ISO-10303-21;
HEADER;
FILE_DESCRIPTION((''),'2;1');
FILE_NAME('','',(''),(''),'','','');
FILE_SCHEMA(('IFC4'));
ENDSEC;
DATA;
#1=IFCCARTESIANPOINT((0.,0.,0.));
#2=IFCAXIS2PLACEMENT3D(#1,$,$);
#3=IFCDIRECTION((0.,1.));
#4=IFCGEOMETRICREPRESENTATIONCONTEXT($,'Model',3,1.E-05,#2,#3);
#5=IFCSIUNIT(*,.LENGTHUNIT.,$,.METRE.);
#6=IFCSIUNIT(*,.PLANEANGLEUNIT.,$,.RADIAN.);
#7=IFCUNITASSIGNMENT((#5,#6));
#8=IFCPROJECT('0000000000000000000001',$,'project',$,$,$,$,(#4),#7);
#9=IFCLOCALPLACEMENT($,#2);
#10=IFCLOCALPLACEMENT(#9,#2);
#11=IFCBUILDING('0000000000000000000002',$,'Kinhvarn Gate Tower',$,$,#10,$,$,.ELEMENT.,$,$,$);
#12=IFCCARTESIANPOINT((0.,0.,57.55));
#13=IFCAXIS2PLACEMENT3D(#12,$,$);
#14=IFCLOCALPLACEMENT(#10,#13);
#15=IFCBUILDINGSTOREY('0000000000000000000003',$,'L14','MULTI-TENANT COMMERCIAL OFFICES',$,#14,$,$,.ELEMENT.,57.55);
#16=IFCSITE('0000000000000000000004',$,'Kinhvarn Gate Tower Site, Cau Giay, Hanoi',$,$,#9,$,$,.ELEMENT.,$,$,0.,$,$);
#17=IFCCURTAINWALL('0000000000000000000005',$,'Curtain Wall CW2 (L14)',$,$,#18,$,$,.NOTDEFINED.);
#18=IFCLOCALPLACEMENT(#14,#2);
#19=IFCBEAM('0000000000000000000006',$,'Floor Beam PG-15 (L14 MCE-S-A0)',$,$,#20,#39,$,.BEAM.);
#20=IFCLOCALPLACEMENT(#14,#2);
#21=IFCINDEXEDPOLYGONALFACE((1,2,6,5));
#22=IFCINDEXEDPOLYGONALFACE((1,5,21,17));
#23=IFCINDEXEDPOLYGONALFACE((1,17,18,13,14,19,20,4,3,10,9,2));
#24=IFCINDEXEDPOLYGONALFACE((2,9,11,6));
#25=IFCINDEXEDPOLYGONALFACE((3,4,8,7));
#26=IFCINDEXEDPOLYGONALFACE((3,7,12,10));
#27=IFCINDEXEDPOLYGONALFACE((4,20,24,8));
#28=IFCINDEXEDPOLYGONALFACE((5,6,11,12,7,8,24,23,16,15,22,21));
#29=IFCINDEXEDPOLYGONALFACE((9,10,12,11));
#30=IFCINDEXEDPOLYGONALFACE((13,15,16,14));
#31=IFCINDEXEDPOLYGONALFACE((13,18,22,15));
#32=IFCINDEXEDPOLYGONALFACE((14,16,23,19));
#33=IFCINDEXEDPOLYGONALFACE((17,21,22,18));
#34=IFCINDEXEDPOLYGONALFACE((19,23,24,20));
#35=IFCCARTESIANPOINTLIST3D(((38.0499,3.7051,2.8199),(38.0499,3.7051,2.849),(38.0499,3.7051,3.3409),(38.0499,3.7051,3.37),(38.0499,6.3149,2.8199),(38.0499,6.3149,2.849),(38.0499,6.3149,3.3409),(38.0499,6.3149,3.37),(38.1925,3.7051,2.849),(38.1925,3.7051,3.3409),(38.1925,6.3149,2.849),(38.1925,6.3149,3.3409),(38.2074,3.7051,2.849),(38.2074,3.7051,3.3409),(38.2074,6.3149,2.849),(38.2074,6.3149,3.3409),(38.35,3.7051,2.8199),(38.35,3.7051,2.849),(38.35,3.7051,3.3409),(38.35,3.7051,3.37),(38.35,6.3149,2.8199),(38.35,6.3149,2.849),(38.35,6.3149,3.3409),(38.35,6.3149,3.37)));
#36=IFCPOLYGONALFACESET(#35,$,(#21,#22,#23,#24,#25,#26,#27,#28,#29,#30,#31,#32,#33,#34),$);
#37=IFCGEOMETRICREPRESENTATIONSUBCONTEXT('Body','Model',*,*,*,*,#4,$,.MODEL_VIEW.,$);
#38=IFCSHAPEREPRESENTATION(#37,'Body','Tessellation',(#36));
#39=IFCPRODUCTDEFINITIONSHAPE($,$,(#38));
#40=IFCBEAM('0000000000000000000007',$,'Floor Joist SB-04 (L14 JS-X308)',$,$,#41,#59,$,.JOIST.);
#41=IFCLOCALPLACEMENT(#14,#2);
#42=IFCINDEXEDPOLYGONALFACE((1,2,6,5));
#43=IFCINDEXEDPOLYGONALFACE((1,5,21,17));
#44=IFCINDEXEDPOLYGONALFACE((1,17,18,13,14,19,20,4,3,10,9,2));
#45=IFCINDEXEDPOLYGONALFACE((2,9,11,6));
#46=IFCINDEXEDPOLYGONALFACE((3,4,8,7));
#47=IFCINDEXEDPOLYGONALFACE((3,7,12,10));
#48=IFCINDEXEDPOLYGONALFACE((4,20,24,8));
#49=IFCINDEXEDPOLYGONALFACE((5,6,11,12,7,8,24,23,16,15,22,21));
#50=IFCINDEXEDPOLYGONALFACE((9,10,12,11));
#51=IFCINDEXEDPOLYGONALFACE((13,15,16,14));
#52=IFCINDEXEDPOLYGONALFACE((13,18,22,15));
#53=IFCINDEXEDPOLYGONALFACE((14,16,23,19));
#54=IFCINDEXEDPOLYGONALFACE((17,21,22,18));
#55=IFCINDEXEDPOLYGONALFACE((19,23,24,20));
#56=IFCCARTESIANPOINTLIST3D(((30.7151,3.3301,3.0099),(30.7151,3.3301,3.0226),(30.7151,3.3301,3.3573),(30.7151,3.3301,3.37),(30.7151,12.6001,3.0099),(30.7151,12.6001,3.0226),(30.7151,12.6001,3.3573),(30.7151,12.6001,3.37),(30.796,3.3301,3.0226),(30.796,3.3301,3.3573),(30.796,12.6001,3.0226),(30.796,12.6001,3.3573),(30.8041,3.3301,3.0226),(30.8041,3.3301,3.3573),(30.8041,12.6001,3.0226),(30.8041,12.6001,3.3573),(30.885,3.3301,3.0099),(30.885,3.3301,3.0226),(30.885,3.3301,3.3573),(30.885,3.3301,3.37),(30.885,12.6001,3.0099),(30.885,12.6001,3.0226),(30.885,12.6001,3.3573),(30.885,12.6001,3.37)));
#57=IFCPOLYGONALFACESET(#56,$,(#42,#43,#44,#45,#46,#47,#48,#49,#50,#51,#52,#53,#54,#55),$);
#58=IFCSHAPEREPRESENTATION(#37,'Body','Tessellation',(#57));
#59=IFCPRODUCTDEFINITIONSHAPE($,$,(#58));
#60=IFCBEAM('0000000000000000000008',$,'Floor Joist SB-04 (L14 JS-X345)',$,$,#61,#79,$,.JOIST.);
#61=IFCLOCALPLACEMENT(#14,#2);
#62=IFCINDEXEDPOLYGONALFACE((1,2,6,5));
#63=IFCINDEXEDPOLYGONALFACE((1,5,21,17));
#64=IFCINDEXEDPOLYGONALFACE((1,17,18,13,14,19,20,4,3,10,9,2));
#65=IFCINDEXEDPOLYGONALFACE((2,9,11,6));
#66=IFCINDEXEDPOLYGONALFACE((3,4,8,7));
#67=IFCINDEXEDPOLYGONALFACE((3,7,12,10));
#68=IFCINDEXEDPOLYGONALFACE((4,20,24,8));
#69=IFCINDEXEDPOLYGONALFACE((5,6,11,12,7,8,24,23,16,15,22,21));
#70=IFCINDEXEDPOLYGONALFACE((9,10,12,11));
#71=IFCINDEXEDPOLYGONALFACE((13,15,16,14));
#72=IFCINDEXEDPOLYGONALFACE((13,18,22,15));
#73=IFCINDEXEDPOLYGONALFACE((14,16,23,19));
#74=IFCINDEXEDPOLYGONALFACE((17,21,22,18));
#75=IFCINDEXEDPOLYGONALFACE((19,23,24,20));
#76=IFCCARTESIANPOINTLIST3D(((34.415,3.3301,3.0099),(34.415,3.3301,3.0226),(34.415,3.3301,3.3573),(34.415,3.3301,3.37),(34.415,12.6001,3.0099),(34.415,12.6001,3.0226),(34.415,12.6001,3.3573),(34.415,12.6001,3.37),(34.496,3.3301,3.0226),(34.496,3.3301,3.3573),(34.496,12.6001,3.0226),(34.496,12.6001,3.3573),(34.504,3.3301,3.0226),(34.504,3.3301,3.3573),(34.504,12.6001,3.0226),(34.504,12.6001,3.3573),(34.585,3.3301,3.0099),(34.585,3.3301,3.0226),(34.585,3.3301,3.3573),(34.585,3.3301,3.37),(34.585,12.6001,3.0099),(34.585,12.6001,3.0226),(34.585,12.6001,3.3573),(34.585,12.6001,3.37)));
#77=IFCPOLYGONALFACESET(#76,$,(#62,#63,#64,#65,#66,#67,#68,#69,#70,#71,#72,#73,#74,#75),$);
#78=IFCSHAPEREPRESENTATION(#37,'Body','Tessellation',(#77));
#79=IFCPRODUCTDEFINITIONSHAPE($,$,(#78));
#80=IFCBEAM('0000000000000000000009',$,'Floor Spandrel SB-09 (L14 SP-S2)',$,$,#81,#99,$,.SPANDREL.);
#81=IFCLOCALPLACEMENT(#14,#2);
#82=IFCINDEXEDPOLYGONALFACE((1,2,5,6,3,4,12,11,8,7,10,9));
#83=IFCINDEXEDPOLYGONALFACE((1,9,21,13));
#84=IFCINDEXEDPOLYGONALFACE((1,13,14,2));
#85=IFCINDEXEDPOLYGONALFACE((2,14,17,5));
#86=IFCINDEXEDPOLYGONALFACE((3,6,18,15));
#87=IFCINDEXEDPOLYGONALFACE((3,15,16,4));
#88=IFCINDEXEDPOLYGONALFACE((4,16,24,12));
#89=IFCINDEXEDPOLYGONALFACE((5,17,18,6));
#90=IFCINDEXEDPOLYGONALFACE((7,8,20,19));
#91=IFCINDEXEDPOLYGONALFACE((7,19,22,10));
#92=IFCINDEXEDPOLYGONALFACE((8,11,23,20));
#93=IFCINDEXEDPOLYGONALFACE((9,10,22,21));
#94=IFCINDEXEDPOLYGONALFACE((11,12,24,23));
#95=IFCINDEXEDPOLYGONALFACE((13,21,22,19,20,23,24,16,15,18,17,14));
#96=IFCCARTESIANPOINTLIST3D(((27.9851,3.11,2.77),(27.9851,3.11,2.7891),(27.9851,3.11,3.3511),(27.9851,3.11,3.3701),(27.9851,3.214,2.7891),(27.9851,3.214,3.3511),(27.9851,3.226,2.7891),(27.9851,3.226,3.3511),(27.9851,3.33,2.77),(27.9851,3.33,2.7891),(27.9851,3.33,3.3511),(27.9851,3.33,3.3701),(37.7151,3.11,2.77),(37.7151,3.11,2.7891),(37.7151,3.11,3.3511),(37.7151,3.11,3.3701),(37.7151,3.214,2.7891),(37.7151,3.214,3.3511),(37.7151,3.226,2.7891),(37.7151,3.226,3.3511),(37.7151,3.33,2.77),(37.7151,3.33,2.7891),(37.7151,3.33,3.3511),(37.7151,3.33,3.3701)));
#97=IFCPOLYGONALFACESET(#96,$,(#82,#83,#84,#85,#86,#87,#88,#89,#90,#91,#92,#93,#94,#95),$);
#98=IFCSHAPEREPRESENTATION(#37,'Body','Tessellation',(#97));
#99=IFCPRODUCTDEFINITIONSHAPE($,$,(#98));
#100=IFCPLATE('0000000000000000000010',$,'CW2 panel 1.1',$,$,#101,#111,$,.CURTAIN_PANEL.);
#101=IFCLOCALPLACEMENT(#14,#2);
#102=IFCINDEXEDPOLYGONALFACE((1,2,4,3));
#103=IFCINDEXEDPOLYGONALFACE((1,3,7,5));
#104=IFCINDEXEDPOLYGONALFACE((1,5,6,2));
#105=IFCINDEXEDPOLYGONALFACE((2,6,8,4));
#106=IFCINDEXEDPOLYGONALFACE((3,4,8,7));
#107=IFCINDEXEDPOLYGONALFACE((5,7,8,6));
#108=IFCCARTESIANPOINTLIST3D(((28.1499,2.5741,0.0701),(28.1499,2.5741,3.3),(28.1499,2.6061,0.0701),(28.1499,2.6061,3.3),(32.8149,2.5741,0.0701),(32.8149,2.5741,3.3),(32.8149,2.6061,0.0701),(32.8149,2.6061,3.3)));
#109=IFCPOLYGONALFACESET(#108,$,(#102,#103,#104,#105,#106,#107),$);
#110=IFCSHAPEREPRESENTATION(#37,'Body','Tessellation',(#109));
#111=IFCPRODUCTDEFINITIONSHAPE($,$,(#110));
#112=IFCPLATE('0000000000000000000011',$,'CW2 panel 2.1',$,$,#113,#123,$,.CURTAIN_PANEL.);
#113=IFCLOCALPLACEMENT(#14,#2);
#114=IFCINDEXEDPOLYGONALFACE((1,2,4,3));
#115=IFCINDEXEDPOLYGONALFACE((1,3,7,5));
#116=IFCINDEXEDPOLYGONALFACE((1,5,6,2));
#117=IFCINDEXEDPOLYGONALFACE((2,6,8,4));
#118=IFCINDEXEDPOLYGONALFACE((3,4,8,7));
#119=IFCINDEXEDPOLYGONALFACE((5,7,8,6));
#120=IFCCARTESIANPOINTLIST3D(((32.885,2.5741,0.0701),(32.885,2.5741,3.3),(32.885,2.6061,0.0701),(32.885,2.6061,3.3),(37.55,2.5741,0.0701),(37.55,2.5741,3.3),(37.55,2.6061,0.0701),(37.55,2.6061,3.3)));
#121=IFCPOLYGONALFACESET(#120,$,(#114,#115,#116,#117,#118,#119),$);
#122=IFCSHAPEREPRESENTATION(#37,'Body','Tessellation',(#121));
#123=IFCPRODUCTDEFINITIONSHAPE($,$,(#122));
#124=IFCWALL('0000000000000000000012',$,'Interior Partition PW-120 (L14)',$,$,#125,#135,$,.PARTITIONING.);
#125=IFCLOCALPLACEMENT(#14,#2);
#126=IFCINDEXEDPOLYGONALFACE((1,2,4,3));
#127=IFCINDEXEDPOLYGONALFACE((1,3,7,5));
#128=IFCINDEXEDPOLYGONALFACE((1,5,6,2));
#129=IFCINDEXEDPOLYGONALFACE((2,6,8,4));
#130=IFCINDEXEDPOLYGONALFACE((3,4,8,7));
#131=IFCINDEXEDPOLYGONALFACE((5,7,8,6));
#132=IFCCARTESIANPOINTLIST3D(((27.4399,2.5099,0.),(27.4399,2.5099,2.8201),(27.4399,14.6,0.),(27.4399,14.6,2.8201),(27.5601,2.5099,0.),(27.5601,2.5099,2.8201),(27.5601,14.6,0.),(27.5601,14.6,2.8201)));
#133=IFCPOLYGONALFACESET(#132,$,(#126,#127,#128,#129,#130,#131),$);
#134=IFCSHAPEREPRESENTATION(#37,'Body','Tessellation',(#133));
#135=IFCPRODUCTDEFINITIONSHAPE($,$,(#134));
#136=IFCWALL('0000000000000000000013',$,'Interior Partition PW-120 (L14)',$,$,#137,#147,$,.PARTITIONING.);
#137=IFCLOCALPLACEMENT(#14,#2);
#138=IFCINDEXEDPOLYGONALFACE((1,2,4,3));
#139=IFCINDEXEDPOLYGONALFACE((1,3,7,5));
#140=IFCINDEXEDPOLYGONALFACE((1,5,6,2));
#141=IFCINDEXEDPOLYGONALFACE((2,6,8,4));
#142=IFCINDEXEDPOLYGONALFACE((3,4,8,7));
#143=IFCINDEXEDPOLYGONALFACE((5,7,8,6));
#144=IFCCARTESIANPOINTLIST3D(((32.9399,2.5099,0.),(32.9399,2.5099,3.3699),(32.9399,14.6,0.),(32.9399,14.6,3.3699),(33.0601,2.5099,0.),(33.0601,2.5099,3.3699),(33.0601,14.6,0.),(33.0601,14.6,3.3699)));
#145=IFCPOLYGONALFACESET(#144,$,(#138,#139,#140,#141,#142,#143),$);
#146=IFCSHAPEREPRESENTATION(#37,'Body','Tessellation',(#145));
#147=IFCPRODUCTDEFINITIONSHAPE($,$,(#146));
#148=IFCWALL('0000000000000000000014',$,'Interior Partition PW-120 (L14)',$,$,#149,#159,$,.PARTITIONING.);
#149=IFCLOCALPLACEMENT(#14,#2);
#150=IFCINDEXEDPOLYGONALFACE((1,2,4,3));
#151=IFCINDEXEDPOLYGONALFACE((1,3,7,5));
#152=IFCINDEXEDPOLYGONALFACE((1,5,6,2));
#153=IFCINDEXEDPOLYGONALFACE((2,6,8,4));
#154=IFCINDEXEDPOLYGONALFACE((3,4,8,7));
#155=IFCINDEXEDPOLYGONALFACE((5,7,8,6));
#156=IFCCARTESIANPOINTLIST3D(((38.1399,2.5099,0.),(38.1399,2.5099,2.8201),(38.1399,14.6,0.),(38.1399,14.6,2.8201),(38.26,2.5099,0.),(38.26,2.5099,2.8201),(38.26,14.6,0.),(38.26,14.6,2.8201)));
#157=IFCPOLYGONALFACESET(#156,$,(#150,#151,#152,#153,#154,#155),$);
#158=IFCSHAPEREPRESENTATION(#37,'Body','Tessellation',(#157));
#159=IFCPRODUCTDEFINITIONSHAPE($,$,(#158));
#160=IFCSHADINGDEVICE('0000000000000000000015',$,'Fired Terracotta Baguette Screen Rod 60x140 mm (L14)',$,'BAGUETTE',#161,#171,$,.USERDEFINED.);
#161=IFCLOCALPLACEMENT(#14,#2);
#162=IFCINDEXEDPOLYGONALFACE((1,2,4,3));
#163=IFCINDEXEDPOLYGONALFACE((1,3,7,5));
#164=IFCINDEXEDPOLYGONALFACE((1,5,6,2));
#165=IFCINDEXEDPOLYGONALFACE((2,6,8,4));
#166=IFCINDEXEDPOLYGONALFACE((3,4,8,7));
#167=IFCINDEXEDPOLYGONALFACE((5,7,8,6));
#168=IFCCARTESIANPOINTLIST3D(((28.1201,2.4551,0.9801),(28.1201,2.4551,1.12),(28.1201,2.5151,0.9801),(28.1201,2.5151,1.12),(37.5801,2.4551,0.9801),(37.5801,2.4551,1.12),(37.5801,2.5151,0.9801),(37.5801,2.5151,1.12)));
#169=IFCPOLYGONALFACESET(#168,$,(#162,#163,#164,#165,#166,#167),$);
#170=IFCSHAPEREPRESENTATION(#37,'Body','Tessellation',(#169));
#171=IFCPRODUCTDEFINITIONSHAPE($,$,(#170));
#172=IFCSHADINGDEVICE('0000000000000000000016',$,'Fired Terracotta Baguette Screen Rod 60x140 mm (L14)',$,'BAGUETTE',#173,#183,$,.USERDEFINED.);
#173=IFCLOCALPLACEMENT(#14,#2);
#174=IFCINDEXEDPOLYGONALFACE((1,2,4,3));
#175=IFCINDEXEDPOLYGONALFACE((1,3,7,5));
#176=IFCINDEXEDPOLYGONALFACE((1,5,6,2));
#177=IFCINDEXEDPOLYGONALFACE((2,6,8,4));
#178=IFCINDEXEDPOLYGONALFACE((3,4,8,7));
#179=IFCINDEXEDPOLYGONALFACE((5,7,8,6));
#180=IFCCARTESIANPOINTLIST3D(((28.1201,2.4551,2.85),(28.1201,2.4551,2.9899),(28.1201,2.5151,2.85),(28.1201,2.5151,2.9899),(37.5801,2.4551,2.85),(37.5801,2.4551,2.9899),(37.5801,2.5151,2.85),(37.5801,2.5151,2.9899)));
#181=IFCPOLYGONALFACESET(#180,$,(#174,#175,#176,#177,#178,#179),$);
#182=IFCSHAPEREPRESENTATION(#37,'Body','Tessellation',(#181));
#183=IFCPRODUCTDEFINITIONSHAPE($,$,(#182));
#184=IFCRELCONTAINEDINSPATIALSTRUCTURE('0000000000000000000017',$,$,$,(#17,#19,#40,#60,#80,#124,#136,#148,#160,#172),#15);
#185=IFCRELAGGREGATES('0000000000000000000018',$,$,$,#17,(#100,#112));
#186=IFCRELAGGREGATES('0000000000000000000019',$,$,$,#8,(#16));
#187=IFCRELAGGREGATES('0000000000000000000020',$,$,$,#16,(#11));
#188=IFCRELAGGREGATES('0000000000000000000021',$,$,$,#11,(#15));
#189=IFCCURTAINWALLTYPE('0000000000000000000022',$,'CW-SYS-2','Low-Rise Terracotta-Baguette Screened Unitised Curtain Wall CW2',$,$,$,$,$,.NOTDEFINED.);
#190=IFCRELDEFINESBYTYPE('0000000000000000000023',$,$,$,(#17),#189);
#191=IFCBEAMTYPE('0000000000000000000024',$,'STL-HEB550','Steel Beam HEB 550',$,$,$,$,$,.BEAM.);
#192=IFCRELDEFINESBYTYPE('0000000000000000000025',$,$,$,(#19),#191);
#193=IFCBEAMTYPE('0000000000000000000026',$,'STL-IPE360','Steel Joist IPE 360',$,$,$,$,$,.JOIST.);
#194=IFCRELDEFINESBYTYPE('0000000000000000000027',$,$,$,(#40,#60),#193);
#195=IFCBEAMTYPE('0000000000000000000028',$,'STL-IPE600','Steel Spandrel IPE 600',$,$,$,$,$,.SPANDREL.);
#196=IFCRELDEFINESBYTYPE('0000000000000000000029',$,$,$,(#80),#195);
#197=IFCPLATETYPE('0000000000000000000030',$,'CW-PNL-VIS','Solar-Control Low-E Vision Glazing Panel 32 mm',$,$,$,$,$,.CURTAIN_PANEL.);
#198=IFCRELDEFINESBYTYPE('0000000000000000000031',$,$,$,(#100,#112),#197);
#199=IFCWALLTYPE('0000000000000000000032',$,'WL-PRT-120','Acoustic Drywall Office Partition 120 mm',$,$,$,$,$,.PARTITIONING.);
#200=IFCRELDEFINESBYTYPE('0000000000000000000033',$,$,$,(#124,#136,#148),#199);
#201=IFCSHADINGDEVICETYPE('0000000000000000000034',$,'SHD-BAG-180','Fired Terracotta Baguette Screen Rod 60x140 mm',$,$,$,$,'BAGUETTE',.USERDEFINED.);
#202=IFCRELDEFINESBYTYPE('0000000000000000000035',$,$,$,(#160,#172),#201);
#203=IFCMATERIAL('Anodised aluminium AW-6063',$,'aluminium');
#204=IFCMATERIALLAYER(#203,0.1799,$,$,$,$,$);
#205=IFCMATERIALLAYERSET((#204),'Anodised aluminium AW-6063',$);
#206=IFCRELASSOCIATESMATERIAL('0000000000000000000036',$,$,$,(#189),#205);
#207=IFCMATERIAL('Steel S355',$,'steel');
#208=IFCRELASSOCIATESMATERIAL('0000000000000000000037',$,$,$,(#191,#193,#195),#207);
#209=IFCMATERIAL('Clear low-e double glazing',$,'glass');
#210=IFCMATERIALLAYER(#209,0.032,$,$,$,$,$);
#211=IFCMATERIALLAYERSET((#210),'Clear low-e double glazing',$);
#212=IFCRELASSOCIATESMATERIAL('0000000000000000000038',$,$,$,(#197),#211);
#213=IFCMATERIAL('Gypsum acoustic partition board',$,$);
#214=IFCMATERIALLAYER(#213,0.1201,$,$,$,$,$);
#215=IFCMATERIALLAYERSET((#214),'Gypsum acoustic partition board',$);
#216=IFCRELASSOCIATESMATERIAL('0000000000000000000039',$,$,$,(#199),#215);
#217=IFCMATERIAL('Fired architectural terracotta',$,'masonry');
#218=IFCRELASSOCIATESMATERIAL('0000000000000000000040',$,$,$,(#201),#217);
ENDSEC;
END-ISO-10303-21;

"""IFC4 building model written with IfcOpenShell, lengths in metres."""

from ifc_helpers import new_model, si_unit, direction, frame, frame_2d, origin, origin_2d, place, context, subcontext, project, spatial, rectangle, i_section, extrude, material, layer, layer_set, material_profile, profile_set, type_object, element, aggregate, save


model = new_model("IFC4")

# Units and contexts
model_context = context("Model", 3, precision=1e-05, world=origin(), true_north=direction((0.0, 1.0)))
body_context = subcontext(model_context, "Body", "Model", "MODEL_VIEW")
ifc_project = project(units=[si_unit("LENGTHUNIT", "METRE"), si_unit("PLANEANGLEUNIT", "RADIAN")], contexts=[model_context])

# Site, building, storey
site_placement = place(None, origin())
site = spatial("IfcSite", under=ifc_project, at=site_placement, Name="Kinhvarn Gate Tower Site, Cau Giay, Hanoi", CompositionType="ELEMENT", RefElevation=0.0)
building_placement = place(site_placement, origin())
building = spatial("IfcBuilding", under=site, at=building_placement, Name="Kinhvarn Gate Tower", CompositionType="ELEMENT")
storey_placement = place(building_placement, frame((0.0, 0.0, 57.55)))
storey = spatial("IfcBuildingStorey", under=building, at=storey_placement, Name="L14", Description="MULTI-TENANT COMMERCIAL OFFICES", CompositionType="ELEMENT", Elevation=57.55)

# Shared definitions
ifc_material_1 = material(Name="Anodised aluminium AW-6063", Category="aluminium")
ifc_layer_1 = layer(ifc_material_1, 0.1799)
ifc_layer_set_1 = layer_set([ifc_layer_1], Name="Anodised aluminium AW-6063")
curtain_wall_type = type_object("IfcCurtainWallType", Name="CW-SYS-2", Description="Low-Rise Terracotta-Baguette Screened Unitised Curtain Wall CW2", PredefinedType="NOTDEFINED", material=ifc_layer_set_1)

# Curtain wall
curtain_wall_1_placement = place(storey_placement, origin())
curtain_wall_1 = element("IfcCurtainWall", 1, at=curtain_wall_1_placement, inside=storey, type_object=curtain_wall_type, Name="Curtain Wall CW2 (L14)", PredefinedType="NOTDEFINED")

# Beams
ifc_material_2 = material(Name="Steel S355", Category="steel")
ifc_material_profile_1 = material_profile(ifc_material_2, i_section(OverallWidth=0.3, OverallDepth=0.55, WebThickness=0.0149, FlangeThickness=0.0291, at=origin_2d()), Name="HEB 550")
ifc_profile_set_1 = profile_set([ifc_material_profile_1], Name="Steel S355")
beam_type_1 = type_object("IfcBeamType", Name="STL-HEB550", Description="Steel Beam HEB 550", PredefinedType="BEAM", material=ifc_profile_set_1)
beam_1_placement = place(storey_placement, frame((38.2, 3.7051, 3.095), z_axis=(0.0, 1.0, 0.0), x_axis=(-1.0, 0.0, 0.0)))
element("IfcBeam", 2, at=beam_1_placement, inside=storey, type_object=beam_type_1, Name="Floor Beam PG-15 (L14 MCE-S-A0)", PredefinedType="BEAM", context=body_context, shape_type="SweptSolid", body=[
    extrude(i_section(OverallWidth=0.3, OverallDepth=0.55, WebThickness=0.0149, FlangeThickness=0.0291, at=origin_2d()), origin(), (0.0, 0.0, 1.0), 2.6099),
])
ifc_material_profile_2 = material_profile(ifc_material_2, i_section(OverallWidth=0.1699, OverallDepth=0.3601, WebThickness=0.0081, FlangeThickness=0.0127, at=origin_2d()), Name="IPE 360")
ifc_profile_set_2 = profile_set([ifc_material_profile_2], Name="Steel S355")
beam_type_2 = type_object("IfcBeamType", Name="STL-IPE360", Description="Steel Joist IPE 360", PredefinedType="JOIST", material=ifc_profile_set_2)
for number, where, z_axis, x_axis, name in (
    (3, (30.8, 3.3301, 3.1899), (0.0, 1.0, 0.0), (-1.0, 0.0, 0.0), "Floor Joist SB-04 (L14 JS-X308)"),
    (4, (34.5, 3.3301, 3.1899), (0.0, 1.0, 0.0), (-1.0, 0.0, 0.0), "Floor Joist SB-04 (L14 JS-X345)"),
):
    element("IfcBeam", number, at=place(storey_placement, frame(where, z_axis=z_axis, x_axis=x_axis)), inside=storey, type_object=beam_type_2, Name=name, PredefinedType="JOIST", context=body_context, shape_type="SweptSolid", body=[
        extrude(i_section(OverallWidth=0.1699, OverallDepth=0.3601, WebThickness=0.0081, FlangeThickness=0.0127, at=origin_2d()), origin(), (0.0, 0.0, 1.0), 9.27),
    ])
ifc_material_profile_3 = material_profile(ifc_material_2, i_section(OverallWidth=0.22, OverallDepth=0.6001, WebThickness=0.012, FlangeThickness=0.019, at=origin_2d()), Name="IPE 600")
ifc_profile_set_3 = profile_set([ifc_material_profile_3], Name="Steel S355")
beam_type_3 = type_object("IfcBeamType", Name="STL-IPE600", Description="Steel Spandrel IPE 600", PredefinedType="SPANDREL", material=ifc_profile_set_3)
beam_2_placement = place(storey_placement, frame((27.9851, 3.22, 3.0701), z_axis=(1.0, 0.0, 0.0), x_axis=(0.0, 1.0, 0.0)))
element("IfcBeam", 5, at=beam_2_placement, inside=storey, type_object=beam_type_3, Name="Floor Spandrel SB-09 (L14 SP-S2)", PredefinedType="SPANDREL", context=body_context, shape_type="SweptSolid", body=[
    extrude(i_section(OverallWidth=0.22, OverallDepth=0.6001, WebThickness=0.012, FlangeThickness=0.019, at=origin_2d()), origin(), (0.0, 0.0, 1.0), 9.73),
])

# Plates
ifc_material_3 = material(Name="Clear low-e double glazing", Category="glass")
ifc_layer_2 = layer(ifc_material_3, 0.032)
ifc_layer_set_2 = layer_set([ifc_layer_2], Name="Clear low-e double glazing")
plate_type = type_object("IfcPlateType", Name="CW-PNL-VIS", Description="Solar-Control Low-E Vision Glazing Panel 32 mm", PredefinedType="CURTAIN_PANEL", material=ifc_layer_set_2)
plate_1_placement = place(storey_placement, frame((30.4824, 2.5901, 0.0701), z_axis=(0.0, 0.0, 1.0), x_axis=(1.0, 0.0, 0.0)))
plate_1 = element("IfcPlate", 6, at=plate_1_placement, type_object=plate_type, Name="CW2 panel 1.1", PredefinedType="CURTAIN_PANEL", context=body_context, shape_type="SweptSolid", body=[
    extrude(rectangle(XDim=4.665, YDim=0.032, at=origin_2d()), origin(), (0.0, 0.0, 1.0), 3.23),
])
plate_2_placement = place(storey_placement, frame((35.2175, 2.5901, 0.0701), z_axis=(0.0, 0.0, 1.0), x_axis=(1.0, 0.0, 0.0)))
plate_2 = element("IfcPlate", 7, at=plate_2_placement, type_object=plate_type, Name="CW2 panel 2.1", PredefinedType="CURTAIN_PANEL", context=body_context, shape_type="SweptSolid", body=[
    extrude(rectangle(XDim=4.665, YDim=0.032, at=origin_2d()), origin(), (0.0, 0.0, 1.0), 3.23),
])
aggregate(curtain_wall_1, [plate_1, plate_2])

# Walls
ifc_material_4 = material(Name="Gypsum acoustic partition board")
ifc_layer_3 = layer(ifc_material_4, 0.1201)
ifc_layer_set_3 = layer_set([ifc_layer_3], Name="Gypsum acoustic partition board")
wall_type = type_object("IfcWallType", Name="WL-PRT-120", Description="Acoustic Drywall Office Partition 120 mm", PredefinedType="PARTITIONING", material=ifc_layer_set_3)
wall_1_placement = place(storey_placement, frame((27.5, 2.51, 0.0), z_axis=(0.0, 0.0, 1.0), x_axis=(0.0, 1.0, 0.0)))
element("IfcWall", 8, at=wall_1_placement, inside=storey, type_object=wall_type, Name="Interior Partition PW-120 (L14)", PredefinedType="PARTITIONING", context=body_context, shape_type="SweptSolid", body=[
    extrude(rectangle(XDim=12.0901, YDim=0.1201, at=frame_2d((6.0449, 0.0))), origin(), (0.0, 0.0, 1.0), 2.8201),
])
wall_2_placement = place(storey_placement, frame((33.0, 2.51, 0.0), z_axis=(0.0, 0.0, 1.0), x_axis=(0.0, 1.0, 0.0)))
element("IfcWall", 9, at=wall_2_placement, inside=storey, type_object=wall_type, Name="Interior Partition PW-120 (L14)", PredefinedType="PARTITIONING", context=body_context, shape_type="SweptSolid", body=[
    extrude(rectangle(XDim=12.0901, YDim=0.1201, at=frame_2d((6.0449, 0.0))), origin(), (0.0, 0.0, 1.0), 3.3699),
])
wall_3_placement = place(storey_placement, frame((38.2, 2.51, 0.0), z_axis=(0.0, 0.0, 1.0), x_axis=(0.0, 1.0, 0.0)))
element("IfcWall", 10, at=wall_3_placement, inside=storey, type_object=wall_type, Name="Interior Partition PW-120 (L14)", PredefinedType="PARTITIONING", context=body_context, shape_type="SweptSolid", body=[
    extrude(rectangle(XDim=12.0901, YDim=0.1201, at=frame_2d((6.0449, 0.0))), origin(), (0.0, 0.0, 1.0), 2.8201),
])

# Shading devices
ifc_material_5 = material(Name="Fired architectural terracotta", Category="masonry")
ifc_material_profile_4 = material_profile(ifc_material_5, rectangle(XDim=0.0601, YDim=0.1399, at=origin_2d()), Name="TC 60x140")
ifc_profile_set_4 = profile_set([ifc_material_profile_4], Name="Fired architectural terracotta")
shading_device_type = type_object("IfcShadingDeviceType", Name="SHD-BAG-180", Description="Fired Terracotta Baguette Screen Rod 60x140 mm", ElementType="BAGUETTE", PredefinedType="USERDEFINED", material=ifc_profile_set_4)
for number, where, z_axis, x_axis, name in (
    (11, (28.1201, 2.4851, 1.05), (1.0, 0.0, 0.0), (0.0, 1.0, 0.0), "Fired Terracotta Baguette Screen Rod 60x140 mm (L14)"),
    (12, (28.1201, 2.4851, 2.9199), (1.0, 0.0, 0.0), (0.0, 1.0, 0.0), "Fired Terracotta Baguette Screen Rod 60x140 mm (L14)"),
):
    element("IfcShadingDevice", number, at=place(storey_placement, frame(where, z_axis=z_axis, x_axis=x_axis)), inside=storey, type_object=shading_device_type, Name=name, ObjectType="BAGUETTE", PredefinedType="USERDEFINED", context=body_context, shape_type="SweptSolid", body=[
        extrude(rectangle(XDim=0.0601, YDim=0.1399, at=origin_2d()), origin(), (0.0, 0.0, 1.0), 9.46),
    ])

save(model, "model.ifc")
